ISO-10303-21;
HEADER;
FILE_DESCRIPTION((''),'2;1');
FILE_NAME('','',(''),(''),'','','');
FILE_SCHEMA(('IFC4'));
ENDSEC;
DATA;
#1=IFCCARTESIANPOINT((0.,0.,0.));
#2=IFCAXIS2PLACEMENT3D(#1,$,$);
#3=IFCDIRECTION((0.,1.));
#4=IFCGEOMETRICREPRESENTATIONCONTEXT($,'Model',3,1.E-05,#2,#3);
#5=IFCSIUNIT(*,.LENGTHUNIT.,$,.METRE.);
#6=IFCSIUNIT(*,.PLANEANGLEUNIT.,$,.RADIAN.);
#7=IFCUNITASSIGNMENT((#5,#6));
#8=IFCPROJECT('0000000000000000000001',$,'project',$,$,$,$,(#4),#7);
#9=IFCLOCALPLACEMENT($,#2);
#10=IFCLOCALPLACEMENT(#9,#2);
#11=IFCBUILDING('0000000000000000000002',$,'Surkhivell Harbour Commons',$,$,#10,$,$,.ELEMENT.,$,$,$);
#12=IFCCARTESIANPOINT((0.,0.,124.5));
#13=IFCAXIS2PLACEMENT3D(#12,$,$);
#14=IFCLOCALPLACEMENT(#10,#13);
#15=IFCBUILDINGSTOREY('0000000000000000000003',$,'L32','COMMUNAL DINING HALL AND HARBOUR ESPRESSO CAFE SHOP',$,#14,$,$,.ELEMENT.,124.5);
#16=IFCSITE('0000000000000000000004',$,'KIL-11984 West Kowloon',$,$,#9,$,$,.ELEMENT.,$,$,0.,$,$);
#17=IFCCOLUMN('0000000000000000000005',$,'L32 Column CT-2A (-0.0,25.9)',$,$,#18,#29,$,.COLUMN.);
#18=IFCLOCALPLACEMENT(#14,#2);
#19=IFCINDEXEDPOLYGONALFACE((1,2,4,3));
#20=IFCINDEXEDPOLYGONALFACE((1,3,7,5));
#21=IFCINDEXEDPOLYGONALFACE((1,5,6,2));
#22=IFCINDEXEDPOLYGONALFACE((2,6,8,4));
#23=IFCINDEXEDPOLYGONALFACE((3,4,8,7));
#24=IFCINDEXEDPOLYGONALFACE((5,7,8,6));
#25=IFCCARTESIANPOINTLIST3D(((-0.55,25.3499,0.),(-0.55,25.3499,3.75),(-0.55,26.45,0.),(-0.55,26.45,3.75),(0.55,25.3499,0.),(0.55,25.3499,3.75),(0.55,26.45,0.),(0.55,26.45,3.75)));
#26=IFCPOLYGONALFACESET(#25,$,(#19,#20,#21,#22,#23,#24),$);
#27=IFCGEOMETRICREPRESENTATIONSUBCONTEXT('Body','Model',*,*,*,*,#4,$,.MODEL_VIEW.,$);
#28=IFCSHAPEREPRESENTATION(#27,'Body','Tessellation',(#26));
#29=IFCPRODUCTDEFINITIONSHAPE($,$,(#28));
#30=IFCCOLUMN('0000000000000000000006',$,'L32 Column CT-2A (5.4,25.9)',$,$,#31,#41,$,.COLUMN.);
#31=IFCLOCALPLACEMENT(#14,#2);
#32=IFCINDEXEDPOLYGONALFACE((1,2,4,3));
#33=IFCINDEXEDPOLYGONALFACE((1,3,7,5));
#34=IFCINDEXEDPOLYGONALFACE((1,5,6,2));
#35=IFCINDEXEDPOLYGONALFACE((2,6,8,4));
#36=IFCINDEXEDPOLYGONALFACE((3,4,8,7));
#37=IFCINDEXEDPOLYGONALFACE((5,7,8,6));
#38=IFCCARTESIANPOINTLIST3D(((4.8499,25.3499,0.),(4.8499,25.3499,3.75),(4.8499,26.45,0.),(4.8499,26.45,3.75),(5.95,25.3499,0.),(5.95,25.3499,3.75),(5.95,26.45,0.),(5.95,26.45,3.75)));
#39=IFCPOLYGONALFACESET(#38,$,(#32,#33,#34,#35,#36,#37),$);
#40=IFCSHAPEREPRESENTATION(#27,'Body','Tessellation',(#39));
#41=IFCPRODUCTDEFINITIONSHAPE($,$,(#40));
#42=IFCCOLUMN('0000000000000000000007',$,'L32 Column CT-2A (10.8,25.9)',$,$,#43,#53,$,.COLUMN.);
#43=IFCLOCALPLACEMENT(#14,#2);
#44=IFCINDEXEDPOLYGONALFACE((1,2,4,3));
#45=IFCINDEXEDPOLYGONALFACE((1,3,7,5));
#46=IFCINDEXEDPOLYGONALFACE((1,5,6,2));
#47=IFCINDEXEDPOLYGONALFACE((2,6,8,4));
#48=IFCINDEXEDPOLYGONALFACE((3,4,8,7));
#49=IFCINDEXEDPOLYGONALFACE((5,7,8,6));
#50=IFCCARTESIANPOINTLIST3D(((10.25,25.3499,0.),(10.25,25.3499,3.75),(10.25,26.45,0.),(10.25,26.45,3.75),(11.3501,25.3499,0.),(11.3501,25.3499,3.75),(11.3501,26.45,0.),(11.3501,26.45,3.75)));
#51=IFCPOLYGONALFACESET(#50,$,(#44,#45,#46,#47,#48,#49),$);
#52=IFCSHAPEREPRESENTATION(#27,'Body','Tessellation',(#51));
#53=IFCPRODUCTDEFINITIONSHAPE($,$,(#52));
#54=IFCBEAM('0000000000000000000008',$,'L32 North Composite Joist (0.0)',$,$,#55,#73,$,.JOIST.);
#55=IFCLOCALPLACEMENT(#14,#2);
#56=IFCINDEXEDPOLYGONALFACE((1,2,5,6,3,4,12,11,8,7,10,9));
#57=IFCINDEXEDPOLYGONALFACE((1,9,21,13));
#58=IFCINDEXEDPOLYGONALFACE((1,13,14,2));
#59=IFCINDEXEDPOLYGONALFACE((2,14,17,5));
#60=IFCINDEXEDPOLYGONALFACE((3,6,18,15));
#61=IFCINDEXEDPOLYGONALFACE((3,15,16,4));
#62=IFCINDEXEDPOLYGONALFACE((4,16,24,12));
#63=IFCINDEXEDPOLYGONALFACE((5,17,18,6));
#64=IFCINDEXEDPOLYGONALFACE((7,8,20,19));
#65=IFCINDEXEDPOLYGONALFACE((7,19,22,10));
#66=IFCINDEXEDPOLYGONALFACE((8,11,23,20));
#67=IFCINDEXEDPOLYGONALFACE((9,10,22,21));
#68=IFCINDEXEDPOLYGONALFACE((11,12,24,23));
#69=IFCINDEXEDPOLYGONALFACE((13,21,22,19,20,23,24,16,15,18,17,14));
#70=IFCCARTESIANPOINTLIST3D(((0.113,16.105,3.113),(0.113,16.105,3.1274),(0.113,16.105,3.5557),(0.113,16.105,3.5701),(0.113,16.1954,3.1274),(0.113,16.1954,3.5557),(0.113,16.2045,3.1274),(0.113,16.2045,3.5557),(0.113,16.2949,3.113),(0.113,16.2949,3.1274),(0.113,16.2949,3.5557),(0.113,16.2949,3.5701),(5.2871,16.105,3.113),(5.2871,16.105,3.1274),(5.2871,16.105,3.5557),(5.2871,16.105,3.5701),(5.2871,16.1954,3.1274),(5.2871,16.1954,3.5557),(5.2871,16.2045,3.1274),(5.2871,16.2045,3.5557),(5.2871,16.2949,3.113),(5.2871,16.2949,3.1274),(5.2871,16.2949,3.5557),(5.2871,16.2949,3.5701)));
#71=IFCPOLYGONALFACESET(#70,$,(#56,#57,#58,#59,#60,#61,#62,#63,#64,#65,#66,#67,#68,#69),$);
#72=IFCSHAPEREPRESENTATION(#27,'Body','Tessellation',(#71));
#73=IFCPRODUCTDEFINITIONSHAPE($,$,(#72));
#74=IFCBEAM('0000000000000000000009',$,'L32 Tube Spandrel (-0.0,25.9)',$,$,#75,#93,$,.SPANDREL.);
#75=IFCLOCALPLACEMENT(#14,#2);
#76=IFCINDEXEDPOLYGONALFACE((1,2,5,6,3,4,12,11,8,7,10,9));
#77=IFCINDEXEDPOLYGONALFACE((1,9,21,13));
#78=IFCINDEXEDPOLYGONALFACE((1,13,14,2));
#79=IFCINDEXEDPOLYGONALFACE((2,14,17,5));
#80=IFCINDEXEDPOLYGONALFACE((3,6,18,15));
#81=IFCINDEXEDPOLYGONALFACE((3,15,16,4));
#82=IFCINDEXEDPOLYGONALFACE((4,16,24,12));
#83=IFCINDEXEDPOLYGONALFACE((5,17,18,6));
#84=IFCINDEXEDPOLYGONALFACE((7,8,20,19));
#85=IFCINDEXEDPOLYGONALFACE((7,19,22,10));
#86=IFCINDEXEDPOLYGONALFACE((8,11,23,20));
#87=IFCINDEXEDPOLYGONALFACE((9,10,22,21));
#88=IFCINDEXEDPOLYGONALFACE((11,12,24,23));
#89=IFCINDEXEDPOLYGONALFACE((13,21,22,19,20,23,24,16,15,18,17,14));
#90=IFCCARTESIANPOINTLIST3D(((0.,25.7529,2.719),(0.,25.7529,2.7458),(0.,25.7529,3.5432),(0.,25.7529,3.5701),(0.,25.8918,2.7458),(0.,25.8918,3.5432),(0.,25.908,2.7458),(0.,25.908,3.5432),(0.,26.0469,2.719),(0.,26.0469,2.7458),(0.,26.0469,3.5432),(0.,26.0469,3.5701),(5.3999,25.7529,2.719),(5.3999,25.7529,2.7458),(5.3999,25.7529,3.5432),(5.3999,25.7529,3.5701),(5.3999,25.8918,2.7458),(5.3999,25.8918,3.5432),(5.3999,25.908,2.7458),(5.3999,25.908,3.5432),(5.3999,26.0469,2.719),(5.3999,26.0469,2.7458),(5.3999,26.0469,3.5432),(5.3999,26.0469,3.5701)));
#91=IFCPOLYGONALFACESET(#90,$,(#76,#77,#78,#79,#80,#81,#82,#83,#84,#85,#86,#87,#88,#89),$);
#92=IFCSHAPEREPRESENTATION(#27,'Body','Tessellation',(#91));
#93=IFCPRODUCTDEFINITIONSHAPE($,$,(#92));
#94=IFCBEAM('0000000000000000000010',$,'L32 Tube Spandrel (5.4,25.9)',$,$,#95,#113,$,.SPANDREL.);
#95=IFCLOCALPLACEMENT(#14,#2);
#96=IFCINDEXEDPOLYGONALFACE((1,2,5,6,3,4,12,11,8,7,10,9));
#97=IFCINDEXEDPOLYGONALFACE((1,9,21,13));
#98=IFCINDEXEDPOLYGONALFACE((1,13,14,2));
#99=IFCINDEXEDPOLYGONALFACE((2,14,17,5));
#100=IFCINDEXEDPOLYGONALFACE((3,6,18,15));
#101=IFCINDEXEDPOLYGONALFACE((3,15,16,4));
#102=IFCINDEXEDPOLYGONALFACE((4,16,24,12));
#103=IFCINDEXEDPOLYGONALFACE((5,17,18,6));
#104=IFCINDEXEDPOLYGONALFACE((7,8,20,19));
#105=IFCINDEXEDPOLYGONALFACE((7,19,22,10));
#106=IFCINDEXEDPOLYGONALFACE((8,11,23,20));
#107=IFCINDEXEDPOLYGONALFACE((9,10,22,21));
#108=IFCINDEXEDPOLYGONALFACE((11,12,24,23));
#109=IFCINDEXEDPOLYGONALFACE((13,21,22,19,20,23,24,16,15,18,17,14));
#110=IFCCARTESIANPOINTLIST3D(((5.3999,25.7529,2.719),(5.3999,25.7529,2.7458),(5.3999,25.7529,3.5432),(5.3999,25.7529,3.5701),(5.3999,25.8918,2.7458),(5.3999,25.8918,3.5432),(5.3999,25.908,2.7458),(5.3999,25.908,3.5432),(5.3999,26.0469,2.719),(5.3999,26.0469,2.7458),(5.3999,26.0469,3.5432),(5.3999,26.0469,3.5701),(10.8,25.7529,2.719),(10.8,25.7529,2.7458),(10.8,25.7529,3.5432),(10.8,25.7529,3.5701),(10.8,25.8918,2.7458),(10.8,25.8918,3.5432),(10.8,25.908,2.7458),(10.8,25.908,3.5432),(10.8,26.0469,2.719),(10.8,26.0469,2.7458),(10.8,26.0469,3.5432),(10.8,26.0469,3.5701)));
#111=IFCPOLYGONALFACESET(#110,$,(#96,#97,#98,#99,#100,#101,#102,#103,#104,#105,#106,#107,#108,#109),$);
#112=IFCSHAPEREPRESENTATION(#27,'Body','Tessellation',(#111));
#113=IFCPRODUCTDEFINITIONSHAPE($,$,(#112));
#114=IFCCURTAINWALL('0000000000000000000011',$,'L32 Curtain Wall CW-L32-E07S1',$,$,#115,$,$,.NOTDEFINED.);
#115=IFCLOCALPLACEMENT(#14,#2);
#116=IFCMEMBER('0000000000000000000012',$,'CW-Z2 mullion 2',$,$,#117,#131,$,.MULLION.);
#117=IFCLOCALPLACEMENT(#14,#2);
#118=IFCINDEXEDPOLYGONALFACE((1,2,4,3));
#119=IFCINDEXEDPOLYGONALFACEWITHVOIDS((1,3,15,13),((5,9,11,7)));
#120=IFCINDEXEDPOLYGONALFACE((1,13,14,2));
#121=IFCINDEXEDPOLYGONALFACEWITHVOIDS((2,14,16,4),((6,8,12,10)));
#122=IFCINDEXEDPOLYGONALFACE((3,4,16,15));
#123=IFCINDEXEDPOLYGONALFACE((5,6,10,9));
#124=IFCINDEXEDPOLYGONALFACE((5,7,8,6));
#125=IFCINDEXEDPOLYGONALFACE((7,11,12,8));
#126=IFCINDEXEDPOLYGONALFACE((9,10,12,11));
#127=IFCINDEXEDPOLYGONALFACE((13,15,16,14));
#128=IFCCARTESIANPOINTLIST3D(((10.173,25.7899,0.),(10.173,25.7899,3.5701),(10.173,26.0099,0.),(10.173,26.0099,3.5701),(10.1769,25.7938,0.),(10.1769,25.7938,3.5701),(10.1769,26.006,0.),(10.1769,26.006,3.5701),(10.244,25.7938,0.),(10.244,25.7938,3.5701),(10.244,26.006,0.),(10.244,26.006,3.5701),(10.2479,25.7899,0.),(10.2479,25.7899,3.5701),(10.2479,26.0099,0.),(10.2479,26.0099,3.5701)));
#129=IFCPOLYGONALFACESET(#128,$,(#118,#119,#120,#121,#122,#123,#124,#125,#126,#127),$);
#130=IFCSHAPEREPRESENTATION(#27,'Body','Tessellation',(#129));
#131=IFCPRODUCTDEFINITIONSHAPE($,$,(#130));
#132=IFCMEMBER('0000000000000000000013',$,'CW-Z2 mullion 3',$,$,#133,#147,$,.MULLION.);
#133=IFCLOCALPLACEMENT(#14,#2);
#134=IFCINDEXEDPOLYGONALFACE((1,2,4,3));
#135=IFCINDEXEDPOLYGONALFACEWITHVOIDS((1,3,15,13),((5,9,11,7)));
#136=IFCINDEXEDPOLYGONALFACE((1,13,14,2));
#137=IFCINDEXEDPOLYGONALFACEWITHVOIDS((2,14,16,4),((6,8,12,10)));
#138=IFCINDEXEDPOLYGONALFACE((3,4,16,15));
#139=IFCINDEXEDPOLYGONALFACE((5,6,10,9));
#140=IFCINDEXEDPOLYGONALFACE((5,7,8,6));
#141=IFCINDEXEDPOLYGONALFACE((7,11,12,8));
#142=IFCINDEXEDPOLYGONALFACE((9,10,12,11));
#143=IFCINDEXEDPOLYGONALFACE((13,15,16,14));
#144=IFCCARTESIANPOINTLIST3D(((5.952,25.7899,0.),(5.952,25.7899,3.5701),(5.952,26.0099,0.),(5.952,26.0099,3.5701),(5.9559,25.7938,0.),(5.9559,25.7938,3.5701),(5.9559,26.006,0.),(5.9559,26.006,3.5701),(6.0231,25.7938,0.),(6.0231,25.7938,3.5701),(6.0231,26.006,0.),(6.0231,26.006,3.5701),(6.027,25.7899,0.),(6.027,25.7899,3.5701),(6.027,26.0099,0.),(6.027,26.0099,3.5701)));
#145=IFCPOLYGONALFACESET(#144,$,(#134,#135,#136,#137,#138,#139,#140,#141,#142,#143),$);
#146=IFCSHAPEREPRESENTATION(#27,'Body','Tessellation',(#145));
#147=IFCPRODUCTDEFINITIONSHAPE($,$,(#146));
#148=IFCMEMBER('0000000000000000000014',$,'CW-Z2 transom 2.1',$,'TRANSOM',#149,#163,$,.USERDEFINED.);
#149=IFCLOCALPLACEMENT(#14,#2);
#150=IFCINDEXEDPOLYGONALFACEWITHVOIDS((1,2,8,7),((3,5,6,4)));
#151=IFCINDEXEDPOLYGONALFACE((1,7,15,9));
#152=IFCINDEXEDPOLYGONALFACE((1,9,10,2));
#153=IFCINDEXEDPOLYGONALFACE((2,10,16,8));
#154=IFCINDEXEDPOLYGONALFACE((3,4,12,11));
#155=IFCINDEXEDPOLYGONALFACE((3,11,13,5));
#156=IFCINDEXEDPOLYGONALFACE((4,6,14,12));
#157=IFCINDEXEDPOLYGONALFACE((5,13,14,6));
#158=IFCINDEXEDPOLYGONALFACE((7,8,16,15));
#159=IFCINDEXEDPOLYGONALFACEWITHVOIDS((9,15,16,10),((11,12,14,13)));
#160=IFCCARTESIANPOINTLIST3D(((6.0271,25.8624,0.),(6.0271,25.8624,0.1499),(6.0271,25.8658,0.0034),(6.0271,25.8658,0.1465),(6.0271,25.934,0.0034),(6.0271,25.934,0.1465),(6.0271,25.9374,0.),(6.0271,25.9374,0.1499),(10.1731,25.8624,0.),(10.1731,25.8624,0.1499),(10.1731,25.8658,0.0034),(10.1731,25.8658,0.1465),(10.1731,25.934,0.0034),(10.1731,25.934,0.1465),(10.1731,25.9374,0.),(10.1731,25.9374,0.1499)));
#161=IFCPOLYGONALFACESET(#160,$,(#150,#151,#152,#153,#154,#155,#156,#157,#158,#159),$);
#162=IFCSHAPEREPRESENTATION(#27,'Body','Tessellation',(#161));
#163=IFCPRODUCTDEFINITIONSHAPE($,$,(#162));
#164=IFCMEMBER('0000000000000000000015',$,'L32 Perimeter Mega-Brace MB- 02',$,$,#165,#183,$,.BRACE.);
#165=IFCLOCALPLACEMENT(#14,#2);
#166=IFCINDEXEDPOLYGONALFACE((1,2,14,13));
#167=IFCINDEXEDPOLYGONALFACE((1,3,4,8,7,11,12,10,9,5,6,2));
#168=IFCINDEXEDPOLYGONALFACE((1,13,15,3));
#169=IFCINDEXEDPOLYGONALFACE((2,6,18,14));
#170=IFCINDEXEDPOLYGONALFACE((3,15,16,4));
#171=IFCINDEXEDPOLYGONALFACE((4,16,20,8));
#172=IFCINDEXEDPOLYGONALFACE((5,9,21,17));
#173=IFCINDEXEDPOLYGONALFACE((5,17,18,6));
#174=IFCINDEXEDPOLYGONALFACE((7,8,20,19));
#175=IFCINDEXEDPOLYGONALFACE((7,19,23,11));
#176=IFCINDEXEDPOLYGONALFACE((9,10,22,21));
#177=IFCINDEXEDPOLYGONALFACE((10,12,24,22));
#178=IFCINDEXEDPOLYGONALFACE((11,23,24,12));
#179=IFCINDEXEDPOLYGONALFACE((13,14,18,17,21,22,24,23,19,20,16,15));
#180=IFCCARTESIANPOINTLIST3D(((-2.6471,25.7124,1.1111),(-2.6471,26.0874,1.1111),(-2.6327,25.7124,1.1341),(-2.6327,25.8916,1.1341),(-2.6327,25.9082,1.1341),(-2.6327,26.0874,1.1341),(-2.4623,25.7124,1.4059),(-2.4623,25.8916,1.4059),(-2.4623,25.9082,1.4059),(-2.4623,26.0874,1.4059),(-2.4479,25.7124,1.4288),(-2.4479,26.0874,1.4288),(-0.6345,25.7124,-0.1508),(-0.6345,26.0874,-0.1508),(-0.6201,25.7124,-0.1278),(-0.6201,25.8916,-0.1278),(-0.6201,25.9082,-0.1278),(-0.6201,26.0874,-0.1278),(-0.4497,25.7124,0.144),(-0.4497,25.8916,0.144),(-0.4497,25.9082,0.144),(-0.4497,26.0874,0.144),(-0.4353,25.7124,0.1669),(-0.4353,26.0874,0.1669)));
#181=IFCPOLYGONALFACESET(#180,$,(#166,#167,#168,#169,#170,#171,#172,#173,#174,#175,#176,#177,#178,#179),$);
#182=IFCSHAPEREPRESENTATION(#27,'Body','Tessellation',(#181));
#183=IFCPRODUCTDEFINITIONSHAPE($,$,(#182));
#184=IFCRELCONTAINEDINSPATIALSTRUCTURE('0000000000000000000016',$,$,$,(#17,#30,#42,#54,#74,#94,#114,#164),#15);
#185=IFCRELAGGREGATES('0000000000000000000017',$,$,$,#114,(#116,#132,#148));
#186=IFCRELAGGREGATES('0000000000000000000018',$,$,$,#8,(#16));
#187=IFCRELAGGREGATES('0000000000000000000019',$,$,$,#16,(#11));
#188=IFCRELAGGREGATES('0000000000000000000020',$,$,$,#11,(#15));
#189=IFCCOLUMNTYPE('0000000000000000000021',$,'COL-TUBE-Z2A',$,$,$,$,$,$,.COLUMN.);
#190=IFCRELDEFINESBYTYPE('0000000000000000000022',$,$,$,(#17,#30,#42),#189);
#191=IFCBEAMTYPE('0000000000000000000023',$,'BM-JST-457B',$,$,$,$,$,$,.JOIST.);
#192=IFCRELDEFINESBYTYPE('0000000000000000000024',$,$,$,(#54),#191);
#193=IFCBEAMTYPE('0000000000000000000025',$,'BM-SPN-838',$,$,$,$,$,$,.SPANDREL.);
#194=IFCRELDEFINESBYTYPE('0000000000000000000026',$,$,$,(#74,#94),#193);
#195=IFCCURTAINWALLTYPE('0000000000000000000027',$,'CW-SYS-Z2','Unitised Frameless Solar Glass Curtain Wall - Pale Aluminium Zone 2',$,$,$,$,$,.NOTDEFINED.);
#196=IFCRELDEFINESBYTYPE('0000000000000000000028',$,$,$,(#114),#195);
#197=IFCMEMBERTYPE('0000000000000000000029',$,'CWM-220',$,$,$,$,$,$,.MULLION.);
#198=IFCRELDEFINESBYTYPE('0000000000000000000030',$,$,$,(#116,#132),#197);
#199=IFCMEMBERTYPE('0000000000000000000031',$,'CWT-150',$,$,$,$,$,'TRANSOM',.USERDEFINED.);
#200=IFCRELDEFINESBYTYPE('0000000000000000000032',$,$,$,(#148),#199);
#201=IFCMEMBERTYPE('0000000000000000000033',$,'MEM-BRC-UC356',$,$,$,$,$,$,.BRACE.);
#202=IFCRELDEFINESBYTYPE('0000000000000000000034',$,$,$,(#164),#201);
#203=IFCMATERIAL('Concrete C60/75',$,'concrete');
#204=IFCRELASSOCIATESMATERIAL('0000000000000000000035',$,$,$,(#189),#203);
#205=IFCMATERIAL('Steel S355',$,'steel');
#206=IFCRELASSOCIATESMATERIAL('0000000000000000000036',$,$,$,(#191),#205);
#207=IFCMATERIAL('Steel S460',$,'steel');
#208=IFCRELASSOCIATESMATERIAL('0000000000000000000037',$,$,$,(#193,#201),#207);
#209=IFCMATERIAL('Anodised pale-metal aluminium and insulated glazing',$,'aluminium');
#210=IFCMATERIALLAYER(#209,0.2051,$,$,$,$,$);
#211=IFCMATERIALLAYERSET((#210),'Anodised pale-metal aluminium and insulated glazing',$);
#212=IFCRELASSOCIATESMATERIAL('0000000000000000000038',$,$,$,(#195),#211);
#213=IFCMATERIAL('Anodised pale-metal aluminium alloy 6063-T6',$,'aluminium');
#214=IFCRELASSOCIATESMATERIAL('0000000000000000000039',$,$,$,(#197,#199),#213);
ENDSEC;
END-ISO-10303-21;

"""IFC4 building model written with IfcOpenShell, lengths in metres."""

from ifc_helpers import new_model, si_unit, direction, frame, origin, origin_2d, place, context, subcontext, project, spatial, rectangle, hollow_rectangle, i_section, extrude, material, layer, layer_set, material_profile, profile_set, type_object, element, aggregate, save


model = new_model("IFC4")

# Units and contexts
model_context = context("Model", 3, precision=1e-05, world=origin(), true_north=direction((0.0, 1.0)))
body_context = subcontext(model_context, "Body", "Model", "MODEL_VIEW")
ifc_project = project(units=[si_unit("LENGTHUNIT", "METRE"), si_unit("PLANEANGLEUNIT", "RADIAN")], contexts=[model_context])

# Site, building, storey
site_placement = place(None, origin())
site = spatial("IfcSite", under=ifc_project, at=site_placement, Name="KIL-11984 West Kowloon", CompositionType="ELEMENT", RefElevation=0.0)
building_placement = place(site_placement, origin())
building = spatial("IfcBuilding", under=site, at=building_placement, Name="Surkhivell Harbour Commons", CompositionType="ELEMENT")
storey_placement = place(building_placement, frame((0.0, 0.0, 124.5)))
storey = spatial("IfcBuildingStorey", under=building, at=storey_placement, Name="L32", Description="COMMUNAL DINING HALL AND HARBOUR ESPRESSO CAFE SHOP", CompositionType="ELEMENT", Elevation=124.5)

# Columns
ifc_material_1 = material(Name="Concrete C60/75", Category="concrete")
ifc_material_profile_1 = material_profile(ifc_material_1, rectangle(XDim=1.1001, YDim=1.1001, at=origin_2d()), Name="RC-COL-1100x1100")
ifc_profile_set_1 = profile_set([ifc_material_profile_1], Name="Concrete C60/75")
column_type = type_object("IfcColumnType", Name="COL-TUBE-Z2A", PredefinedType="COLUMN", material=ifc_profile_set_1)
for number, where, z_axis, x_axis, name in (
    (1, (0.0, 25.8999, 0.0), (0.0, 0.0, 1.0), (1.0, 0.0, 0.0), "L32 Column CT-2A (-0.0,25.9)"),
    (2, (5.3999, 25.8999, 0.0), (0.0, 0.0, 1.0), (1.0, 0.0, 0.0), "L32 Column CT-2A (5.4,25.9)"),
    (3, (10.8, 25.8999, 0.0), (0.0, 0.0, 1.0), (1.0, 0.0, 0.0), "L32 Column CT-2A (10.8,25.9)"),
):
    element("IfcColumn", number, at=place(storey_placement, frame(where, z_axis=z_axis, x_axis=x_axis)), inside=storey, type_object=column_type, Name=name, PredefinedType="COLUMN", context=body_context, shape_type="SweptSolid", body=[
        extrude(rectangle(XDim=1.1001, YDim=1.1001, at=origin_2d()), origin(), (0.0, 0.0, 1.0), 3.75),
    ])

# Beams
ifc_material_2 = material(Name="Steel S355", Category="steel")
ifc_material_profile_2 = material_profile(ifc_material_2, i_section(OverallWidth=0.1899, OverallDepth=0.457, WebThickness=0.009, FlangeThickness=0.0144, at=origin_2d()), Name="UB457x191x74")
ifc_profile_set_2 = profile_set([ifc_material_profile_2], Name="Steel S355")
beam_type_1 = type_object("IfcBeamType", Name="BM-JST-457B", PredefinedType="JOIST", material=ifc_profile_set_2)
beam_1_placement = place(storey_placement, frame((0.113, 16.2, 3.3416), z_axis=(1.0, 0.0, 0.0), x_axis=(0.0, 1.0, 0.0)))
element("IfcBeam", 4, at=beam_1_placement, inside=storey, type_object=beam_type_1, Name="L32 North Composite Joist (0.0)", PredefinedType="JOIST", context=body_context, shape_type="SweptSolid", body=[
    extrude(i_section(OverallWidth=0.1899, OverallDepth=0.457, WebThickness=0.009, FlangeThickness=0.0144, at=origin_2d()), origin(), (0.0, 0.0, 1.0), 5.1741),
])
ifc_material_3 = material(Name="Steel S460", Category="steel")
ifc_material_profile_3 = material_profile(ifc_material_3, i_section(OverallWidth=0.2939, OverallDepth=0.8511, WebThickness=0.0161, FlangeThickness=0.0269, at=origin_2d()), Name="UB838x292x226")
ifc_profile_set_3 = profile_set([ifc_material_profile_3], Name="Steel S460")
beam_type_2 = type_object("IfcBeamType", Name="BM-SPN-838", PredefinedType="SPANDREL", material=ifc_profile_set_3)
beam_2_placement = place(storey_placement, frame((0.0, 25.8999, 3.1445), z_axis=(1.0, 0.0, 0.0), x_axis=(0.0, 1.0, 0.0)))
element("IfcBeam", 5, at=beam_2_placement, inside=storey, type_object=beam_type_2, Name="L32 Tube Spandrel (-0.0,25.9)", PredefinedType="SPANDREL", context=body_context, shape_type="SweptSolid", body=[
    extrude(i_section(OverallWidth=0.2939, OverallDepth=0.8511, WebThickness=0.0161, FlangeThickness=0.0269, at=origin_2d()), origin(), (0.0, 0.0, 1.0), 5.3999),
])
beam_3_placement = place(storey_placement, frame((5.3999, 25.8999, 3.1445), z_axis=(1.0, 0.0, 0.0), x_axis=(0.0, 1.0, 0.0)))
element("IfcBeam", 6, at=beam_3_placement, inside=storey, type_object=beam_type_2, Name="L32 Tube Spandrel (5.4,25.9)", PredefinedType="SPANDREL", context=body_context, shape_type="SweptSolid", body=[
    extrude(i_section(OverallWidth=0.2939, OverallDepth=0.8511, WebThickness=0.0161, FlangeThickness=0.0269, at=origin_2d()), origin(), (0.0, 0.0, 1.0), 5.4001),
])

# Curtain wall, members
ifc_material_4 = material(Name="Anodised pale-metal aluminium and insulated glazing", Category="aluminium")
ifc_layer_1 = layer(ifc_material_4, 0.2051)
ifc_layer_set_1 = layer_set([ifc_layer_1], Name="Anodised pale-metal aluminium and insulated glazing")
curtain_wall_type = type_object("IfcCurtainWallType", Name="CW-SYS-Z2", Description="Unitised Frameless Solar Glass Curtain Wall - Pale Aluminium Zone 2", PredefinedType="NOTDEFINED", material=ifc_layer_set_1)
curtain_wall_placement = place(storey_placement, origin())
curtain_wall = element("IfcCurtainWall", 7, at=curtain_wall_placement, inside=storey, type_object=curtain_wall_type, Name="L32 Curtain Wall CW-L32-E07S1", PredefinedType="NOTDEFINED")
ifc_material_5 = material(Name="Anodised pale-metal aluminium alloy 6063-T6", Category="aluminium")
ifc_material_profile_4 = material_profile(ifc_material_5, hollow_rectangle(XDim=0.075, YDim=0.22, WallThickness=0.0039, at=origin_2d()), Name="ALU-MULL-75x220")
ifc_profile_set_4 = profile_set([ifc_material_profile_4], Name="Anodised pale-metal aluminium alloy 6063-T6")
member_type_1 = type_object("IfcMemberType", Name="CWM-220", PredefinedType="MULLION", material=ifc_profile_set_4)
member_1_placement = place(storey_placement, frame((10.2104, 25.8999, 0.0), z_axis=(0.0, 0.0, 1.0), x_axis=(-1.0, 0.0, 0.0)))
member_1 = element("IfcMember", 8, at=member_1_placement, type_object=member_type_1, Name="CW-Z2 mullion 2", PredefinedType="MULLION", context=body_context, shape_type="SweptSolid", body=[
    extrude(hollow_rectangle(XDim=0.075, YDim=0.22, WallThickness=0.0039, at=origin_2d()), origin(), (0.0, 0.0, 1.0), 3.5701),
])
member_2_placement = place(storey_placement, frame((5.9895, 25.8999, 0.0), z_axis=(0.0, 0.0, 1.0), x_axis=(-1.0, 0.0, 0.0)))
member_2 = element("IfcMember", 9, at=member_2_placement, type_object=member_type_1, Name="CW-Z2 mullion 3", PredefinedType="MULLION", context=body_context, shape_type="SweptSolid", body=[
    extrude(hollow_rectangle(XDim=0.075, YDim=0.22, WallThickness=0.0039, at=origin_2d()), origin(), (0.0, 0.0, 1.0), 3.5701),
])
ifc_material_profile_5 = material_profile(ifc_material_5, hollow_rectangle(XDim=0.075, YDim=0.1499, WallThickness=0.0034, at=origin_2d()), Name="ALU-TRAN-75x150")
ifc_profile_set_5 = profile_set([ifc_material_profile_5], Name="Anodised pale-metal aluminium alloy 6063-T6")
member_type_2 = type_object("IfcMemberType", Name="CWT-150", ElementType="TRANSOM", PredefinedType="USERDEFINED", material=ifc_profile_set_5)
member_3_placement = place(storey_placement, frame((10.1731, 25.8999, 0.075), z_axis=(-1.0, 0.0, 0.0), x_axis=(0.0, -1.0, 0.0)))
member_3 = element("IfcMember", 10, at=member_3_placement, type_object=member_type_2, Name="CW-Z2 transom 2.1", ObjectType="TRANSOM", PredefinedType="USERDEFINED", context=body_context, shape_type="SweptSolid", body=[
    extrude(hollow_rectangle(XDim=0.075, YDim=0.1499, WallThickness=0.0034, at=origin_2d()), origin(), (0.0, 0.0, 1.0), 4.146),
])

# Member
ifc_material_profile_6 = material_profile(ifc_material_3, i_section(OverallWidth=0.375, OverallDepth=0.375, WebThickness=0.0166, FlangeThickness=0.0271, at=origin_2d()), Name="UC356x368x202")
ifc_profile_set_6 = profile_set([ifc_material_profile_6], Name="Steel S460")
member_type_3 = type_object("IfcMemberType", Name="MEM-BRC-UC356", PredefinedType="BRACE", material=ifc_profile_set_6)
member_4_placement = place(storey_placement, frame((-0.5349, 25.8999, 0.0081), z_axis=(-0.847235, 0.0, 0.531218), x_axis=(0.0, -1.0, 0.0)))
element("IfcMember", 11, at=member_4_placement, inside=storey, type_object=member_type_3, Name="L32 Perimeter Mega-Brace MB- 02", PredefinedType="BRACE", context=body_context, shape_type="SweptSolid", body=[
    extrude(i_section(OverallWidth=0.375, OverallDepth=0.375, WebThickness=0.0166, FlangeThickness=0.0271, at=origin_2d()), origin(), (0.0, 0.0, 1.0), 2.3755),
])

aggregate(curtain_wall, [member_1, member_2, member_3])

save(model, "model.ifc")
